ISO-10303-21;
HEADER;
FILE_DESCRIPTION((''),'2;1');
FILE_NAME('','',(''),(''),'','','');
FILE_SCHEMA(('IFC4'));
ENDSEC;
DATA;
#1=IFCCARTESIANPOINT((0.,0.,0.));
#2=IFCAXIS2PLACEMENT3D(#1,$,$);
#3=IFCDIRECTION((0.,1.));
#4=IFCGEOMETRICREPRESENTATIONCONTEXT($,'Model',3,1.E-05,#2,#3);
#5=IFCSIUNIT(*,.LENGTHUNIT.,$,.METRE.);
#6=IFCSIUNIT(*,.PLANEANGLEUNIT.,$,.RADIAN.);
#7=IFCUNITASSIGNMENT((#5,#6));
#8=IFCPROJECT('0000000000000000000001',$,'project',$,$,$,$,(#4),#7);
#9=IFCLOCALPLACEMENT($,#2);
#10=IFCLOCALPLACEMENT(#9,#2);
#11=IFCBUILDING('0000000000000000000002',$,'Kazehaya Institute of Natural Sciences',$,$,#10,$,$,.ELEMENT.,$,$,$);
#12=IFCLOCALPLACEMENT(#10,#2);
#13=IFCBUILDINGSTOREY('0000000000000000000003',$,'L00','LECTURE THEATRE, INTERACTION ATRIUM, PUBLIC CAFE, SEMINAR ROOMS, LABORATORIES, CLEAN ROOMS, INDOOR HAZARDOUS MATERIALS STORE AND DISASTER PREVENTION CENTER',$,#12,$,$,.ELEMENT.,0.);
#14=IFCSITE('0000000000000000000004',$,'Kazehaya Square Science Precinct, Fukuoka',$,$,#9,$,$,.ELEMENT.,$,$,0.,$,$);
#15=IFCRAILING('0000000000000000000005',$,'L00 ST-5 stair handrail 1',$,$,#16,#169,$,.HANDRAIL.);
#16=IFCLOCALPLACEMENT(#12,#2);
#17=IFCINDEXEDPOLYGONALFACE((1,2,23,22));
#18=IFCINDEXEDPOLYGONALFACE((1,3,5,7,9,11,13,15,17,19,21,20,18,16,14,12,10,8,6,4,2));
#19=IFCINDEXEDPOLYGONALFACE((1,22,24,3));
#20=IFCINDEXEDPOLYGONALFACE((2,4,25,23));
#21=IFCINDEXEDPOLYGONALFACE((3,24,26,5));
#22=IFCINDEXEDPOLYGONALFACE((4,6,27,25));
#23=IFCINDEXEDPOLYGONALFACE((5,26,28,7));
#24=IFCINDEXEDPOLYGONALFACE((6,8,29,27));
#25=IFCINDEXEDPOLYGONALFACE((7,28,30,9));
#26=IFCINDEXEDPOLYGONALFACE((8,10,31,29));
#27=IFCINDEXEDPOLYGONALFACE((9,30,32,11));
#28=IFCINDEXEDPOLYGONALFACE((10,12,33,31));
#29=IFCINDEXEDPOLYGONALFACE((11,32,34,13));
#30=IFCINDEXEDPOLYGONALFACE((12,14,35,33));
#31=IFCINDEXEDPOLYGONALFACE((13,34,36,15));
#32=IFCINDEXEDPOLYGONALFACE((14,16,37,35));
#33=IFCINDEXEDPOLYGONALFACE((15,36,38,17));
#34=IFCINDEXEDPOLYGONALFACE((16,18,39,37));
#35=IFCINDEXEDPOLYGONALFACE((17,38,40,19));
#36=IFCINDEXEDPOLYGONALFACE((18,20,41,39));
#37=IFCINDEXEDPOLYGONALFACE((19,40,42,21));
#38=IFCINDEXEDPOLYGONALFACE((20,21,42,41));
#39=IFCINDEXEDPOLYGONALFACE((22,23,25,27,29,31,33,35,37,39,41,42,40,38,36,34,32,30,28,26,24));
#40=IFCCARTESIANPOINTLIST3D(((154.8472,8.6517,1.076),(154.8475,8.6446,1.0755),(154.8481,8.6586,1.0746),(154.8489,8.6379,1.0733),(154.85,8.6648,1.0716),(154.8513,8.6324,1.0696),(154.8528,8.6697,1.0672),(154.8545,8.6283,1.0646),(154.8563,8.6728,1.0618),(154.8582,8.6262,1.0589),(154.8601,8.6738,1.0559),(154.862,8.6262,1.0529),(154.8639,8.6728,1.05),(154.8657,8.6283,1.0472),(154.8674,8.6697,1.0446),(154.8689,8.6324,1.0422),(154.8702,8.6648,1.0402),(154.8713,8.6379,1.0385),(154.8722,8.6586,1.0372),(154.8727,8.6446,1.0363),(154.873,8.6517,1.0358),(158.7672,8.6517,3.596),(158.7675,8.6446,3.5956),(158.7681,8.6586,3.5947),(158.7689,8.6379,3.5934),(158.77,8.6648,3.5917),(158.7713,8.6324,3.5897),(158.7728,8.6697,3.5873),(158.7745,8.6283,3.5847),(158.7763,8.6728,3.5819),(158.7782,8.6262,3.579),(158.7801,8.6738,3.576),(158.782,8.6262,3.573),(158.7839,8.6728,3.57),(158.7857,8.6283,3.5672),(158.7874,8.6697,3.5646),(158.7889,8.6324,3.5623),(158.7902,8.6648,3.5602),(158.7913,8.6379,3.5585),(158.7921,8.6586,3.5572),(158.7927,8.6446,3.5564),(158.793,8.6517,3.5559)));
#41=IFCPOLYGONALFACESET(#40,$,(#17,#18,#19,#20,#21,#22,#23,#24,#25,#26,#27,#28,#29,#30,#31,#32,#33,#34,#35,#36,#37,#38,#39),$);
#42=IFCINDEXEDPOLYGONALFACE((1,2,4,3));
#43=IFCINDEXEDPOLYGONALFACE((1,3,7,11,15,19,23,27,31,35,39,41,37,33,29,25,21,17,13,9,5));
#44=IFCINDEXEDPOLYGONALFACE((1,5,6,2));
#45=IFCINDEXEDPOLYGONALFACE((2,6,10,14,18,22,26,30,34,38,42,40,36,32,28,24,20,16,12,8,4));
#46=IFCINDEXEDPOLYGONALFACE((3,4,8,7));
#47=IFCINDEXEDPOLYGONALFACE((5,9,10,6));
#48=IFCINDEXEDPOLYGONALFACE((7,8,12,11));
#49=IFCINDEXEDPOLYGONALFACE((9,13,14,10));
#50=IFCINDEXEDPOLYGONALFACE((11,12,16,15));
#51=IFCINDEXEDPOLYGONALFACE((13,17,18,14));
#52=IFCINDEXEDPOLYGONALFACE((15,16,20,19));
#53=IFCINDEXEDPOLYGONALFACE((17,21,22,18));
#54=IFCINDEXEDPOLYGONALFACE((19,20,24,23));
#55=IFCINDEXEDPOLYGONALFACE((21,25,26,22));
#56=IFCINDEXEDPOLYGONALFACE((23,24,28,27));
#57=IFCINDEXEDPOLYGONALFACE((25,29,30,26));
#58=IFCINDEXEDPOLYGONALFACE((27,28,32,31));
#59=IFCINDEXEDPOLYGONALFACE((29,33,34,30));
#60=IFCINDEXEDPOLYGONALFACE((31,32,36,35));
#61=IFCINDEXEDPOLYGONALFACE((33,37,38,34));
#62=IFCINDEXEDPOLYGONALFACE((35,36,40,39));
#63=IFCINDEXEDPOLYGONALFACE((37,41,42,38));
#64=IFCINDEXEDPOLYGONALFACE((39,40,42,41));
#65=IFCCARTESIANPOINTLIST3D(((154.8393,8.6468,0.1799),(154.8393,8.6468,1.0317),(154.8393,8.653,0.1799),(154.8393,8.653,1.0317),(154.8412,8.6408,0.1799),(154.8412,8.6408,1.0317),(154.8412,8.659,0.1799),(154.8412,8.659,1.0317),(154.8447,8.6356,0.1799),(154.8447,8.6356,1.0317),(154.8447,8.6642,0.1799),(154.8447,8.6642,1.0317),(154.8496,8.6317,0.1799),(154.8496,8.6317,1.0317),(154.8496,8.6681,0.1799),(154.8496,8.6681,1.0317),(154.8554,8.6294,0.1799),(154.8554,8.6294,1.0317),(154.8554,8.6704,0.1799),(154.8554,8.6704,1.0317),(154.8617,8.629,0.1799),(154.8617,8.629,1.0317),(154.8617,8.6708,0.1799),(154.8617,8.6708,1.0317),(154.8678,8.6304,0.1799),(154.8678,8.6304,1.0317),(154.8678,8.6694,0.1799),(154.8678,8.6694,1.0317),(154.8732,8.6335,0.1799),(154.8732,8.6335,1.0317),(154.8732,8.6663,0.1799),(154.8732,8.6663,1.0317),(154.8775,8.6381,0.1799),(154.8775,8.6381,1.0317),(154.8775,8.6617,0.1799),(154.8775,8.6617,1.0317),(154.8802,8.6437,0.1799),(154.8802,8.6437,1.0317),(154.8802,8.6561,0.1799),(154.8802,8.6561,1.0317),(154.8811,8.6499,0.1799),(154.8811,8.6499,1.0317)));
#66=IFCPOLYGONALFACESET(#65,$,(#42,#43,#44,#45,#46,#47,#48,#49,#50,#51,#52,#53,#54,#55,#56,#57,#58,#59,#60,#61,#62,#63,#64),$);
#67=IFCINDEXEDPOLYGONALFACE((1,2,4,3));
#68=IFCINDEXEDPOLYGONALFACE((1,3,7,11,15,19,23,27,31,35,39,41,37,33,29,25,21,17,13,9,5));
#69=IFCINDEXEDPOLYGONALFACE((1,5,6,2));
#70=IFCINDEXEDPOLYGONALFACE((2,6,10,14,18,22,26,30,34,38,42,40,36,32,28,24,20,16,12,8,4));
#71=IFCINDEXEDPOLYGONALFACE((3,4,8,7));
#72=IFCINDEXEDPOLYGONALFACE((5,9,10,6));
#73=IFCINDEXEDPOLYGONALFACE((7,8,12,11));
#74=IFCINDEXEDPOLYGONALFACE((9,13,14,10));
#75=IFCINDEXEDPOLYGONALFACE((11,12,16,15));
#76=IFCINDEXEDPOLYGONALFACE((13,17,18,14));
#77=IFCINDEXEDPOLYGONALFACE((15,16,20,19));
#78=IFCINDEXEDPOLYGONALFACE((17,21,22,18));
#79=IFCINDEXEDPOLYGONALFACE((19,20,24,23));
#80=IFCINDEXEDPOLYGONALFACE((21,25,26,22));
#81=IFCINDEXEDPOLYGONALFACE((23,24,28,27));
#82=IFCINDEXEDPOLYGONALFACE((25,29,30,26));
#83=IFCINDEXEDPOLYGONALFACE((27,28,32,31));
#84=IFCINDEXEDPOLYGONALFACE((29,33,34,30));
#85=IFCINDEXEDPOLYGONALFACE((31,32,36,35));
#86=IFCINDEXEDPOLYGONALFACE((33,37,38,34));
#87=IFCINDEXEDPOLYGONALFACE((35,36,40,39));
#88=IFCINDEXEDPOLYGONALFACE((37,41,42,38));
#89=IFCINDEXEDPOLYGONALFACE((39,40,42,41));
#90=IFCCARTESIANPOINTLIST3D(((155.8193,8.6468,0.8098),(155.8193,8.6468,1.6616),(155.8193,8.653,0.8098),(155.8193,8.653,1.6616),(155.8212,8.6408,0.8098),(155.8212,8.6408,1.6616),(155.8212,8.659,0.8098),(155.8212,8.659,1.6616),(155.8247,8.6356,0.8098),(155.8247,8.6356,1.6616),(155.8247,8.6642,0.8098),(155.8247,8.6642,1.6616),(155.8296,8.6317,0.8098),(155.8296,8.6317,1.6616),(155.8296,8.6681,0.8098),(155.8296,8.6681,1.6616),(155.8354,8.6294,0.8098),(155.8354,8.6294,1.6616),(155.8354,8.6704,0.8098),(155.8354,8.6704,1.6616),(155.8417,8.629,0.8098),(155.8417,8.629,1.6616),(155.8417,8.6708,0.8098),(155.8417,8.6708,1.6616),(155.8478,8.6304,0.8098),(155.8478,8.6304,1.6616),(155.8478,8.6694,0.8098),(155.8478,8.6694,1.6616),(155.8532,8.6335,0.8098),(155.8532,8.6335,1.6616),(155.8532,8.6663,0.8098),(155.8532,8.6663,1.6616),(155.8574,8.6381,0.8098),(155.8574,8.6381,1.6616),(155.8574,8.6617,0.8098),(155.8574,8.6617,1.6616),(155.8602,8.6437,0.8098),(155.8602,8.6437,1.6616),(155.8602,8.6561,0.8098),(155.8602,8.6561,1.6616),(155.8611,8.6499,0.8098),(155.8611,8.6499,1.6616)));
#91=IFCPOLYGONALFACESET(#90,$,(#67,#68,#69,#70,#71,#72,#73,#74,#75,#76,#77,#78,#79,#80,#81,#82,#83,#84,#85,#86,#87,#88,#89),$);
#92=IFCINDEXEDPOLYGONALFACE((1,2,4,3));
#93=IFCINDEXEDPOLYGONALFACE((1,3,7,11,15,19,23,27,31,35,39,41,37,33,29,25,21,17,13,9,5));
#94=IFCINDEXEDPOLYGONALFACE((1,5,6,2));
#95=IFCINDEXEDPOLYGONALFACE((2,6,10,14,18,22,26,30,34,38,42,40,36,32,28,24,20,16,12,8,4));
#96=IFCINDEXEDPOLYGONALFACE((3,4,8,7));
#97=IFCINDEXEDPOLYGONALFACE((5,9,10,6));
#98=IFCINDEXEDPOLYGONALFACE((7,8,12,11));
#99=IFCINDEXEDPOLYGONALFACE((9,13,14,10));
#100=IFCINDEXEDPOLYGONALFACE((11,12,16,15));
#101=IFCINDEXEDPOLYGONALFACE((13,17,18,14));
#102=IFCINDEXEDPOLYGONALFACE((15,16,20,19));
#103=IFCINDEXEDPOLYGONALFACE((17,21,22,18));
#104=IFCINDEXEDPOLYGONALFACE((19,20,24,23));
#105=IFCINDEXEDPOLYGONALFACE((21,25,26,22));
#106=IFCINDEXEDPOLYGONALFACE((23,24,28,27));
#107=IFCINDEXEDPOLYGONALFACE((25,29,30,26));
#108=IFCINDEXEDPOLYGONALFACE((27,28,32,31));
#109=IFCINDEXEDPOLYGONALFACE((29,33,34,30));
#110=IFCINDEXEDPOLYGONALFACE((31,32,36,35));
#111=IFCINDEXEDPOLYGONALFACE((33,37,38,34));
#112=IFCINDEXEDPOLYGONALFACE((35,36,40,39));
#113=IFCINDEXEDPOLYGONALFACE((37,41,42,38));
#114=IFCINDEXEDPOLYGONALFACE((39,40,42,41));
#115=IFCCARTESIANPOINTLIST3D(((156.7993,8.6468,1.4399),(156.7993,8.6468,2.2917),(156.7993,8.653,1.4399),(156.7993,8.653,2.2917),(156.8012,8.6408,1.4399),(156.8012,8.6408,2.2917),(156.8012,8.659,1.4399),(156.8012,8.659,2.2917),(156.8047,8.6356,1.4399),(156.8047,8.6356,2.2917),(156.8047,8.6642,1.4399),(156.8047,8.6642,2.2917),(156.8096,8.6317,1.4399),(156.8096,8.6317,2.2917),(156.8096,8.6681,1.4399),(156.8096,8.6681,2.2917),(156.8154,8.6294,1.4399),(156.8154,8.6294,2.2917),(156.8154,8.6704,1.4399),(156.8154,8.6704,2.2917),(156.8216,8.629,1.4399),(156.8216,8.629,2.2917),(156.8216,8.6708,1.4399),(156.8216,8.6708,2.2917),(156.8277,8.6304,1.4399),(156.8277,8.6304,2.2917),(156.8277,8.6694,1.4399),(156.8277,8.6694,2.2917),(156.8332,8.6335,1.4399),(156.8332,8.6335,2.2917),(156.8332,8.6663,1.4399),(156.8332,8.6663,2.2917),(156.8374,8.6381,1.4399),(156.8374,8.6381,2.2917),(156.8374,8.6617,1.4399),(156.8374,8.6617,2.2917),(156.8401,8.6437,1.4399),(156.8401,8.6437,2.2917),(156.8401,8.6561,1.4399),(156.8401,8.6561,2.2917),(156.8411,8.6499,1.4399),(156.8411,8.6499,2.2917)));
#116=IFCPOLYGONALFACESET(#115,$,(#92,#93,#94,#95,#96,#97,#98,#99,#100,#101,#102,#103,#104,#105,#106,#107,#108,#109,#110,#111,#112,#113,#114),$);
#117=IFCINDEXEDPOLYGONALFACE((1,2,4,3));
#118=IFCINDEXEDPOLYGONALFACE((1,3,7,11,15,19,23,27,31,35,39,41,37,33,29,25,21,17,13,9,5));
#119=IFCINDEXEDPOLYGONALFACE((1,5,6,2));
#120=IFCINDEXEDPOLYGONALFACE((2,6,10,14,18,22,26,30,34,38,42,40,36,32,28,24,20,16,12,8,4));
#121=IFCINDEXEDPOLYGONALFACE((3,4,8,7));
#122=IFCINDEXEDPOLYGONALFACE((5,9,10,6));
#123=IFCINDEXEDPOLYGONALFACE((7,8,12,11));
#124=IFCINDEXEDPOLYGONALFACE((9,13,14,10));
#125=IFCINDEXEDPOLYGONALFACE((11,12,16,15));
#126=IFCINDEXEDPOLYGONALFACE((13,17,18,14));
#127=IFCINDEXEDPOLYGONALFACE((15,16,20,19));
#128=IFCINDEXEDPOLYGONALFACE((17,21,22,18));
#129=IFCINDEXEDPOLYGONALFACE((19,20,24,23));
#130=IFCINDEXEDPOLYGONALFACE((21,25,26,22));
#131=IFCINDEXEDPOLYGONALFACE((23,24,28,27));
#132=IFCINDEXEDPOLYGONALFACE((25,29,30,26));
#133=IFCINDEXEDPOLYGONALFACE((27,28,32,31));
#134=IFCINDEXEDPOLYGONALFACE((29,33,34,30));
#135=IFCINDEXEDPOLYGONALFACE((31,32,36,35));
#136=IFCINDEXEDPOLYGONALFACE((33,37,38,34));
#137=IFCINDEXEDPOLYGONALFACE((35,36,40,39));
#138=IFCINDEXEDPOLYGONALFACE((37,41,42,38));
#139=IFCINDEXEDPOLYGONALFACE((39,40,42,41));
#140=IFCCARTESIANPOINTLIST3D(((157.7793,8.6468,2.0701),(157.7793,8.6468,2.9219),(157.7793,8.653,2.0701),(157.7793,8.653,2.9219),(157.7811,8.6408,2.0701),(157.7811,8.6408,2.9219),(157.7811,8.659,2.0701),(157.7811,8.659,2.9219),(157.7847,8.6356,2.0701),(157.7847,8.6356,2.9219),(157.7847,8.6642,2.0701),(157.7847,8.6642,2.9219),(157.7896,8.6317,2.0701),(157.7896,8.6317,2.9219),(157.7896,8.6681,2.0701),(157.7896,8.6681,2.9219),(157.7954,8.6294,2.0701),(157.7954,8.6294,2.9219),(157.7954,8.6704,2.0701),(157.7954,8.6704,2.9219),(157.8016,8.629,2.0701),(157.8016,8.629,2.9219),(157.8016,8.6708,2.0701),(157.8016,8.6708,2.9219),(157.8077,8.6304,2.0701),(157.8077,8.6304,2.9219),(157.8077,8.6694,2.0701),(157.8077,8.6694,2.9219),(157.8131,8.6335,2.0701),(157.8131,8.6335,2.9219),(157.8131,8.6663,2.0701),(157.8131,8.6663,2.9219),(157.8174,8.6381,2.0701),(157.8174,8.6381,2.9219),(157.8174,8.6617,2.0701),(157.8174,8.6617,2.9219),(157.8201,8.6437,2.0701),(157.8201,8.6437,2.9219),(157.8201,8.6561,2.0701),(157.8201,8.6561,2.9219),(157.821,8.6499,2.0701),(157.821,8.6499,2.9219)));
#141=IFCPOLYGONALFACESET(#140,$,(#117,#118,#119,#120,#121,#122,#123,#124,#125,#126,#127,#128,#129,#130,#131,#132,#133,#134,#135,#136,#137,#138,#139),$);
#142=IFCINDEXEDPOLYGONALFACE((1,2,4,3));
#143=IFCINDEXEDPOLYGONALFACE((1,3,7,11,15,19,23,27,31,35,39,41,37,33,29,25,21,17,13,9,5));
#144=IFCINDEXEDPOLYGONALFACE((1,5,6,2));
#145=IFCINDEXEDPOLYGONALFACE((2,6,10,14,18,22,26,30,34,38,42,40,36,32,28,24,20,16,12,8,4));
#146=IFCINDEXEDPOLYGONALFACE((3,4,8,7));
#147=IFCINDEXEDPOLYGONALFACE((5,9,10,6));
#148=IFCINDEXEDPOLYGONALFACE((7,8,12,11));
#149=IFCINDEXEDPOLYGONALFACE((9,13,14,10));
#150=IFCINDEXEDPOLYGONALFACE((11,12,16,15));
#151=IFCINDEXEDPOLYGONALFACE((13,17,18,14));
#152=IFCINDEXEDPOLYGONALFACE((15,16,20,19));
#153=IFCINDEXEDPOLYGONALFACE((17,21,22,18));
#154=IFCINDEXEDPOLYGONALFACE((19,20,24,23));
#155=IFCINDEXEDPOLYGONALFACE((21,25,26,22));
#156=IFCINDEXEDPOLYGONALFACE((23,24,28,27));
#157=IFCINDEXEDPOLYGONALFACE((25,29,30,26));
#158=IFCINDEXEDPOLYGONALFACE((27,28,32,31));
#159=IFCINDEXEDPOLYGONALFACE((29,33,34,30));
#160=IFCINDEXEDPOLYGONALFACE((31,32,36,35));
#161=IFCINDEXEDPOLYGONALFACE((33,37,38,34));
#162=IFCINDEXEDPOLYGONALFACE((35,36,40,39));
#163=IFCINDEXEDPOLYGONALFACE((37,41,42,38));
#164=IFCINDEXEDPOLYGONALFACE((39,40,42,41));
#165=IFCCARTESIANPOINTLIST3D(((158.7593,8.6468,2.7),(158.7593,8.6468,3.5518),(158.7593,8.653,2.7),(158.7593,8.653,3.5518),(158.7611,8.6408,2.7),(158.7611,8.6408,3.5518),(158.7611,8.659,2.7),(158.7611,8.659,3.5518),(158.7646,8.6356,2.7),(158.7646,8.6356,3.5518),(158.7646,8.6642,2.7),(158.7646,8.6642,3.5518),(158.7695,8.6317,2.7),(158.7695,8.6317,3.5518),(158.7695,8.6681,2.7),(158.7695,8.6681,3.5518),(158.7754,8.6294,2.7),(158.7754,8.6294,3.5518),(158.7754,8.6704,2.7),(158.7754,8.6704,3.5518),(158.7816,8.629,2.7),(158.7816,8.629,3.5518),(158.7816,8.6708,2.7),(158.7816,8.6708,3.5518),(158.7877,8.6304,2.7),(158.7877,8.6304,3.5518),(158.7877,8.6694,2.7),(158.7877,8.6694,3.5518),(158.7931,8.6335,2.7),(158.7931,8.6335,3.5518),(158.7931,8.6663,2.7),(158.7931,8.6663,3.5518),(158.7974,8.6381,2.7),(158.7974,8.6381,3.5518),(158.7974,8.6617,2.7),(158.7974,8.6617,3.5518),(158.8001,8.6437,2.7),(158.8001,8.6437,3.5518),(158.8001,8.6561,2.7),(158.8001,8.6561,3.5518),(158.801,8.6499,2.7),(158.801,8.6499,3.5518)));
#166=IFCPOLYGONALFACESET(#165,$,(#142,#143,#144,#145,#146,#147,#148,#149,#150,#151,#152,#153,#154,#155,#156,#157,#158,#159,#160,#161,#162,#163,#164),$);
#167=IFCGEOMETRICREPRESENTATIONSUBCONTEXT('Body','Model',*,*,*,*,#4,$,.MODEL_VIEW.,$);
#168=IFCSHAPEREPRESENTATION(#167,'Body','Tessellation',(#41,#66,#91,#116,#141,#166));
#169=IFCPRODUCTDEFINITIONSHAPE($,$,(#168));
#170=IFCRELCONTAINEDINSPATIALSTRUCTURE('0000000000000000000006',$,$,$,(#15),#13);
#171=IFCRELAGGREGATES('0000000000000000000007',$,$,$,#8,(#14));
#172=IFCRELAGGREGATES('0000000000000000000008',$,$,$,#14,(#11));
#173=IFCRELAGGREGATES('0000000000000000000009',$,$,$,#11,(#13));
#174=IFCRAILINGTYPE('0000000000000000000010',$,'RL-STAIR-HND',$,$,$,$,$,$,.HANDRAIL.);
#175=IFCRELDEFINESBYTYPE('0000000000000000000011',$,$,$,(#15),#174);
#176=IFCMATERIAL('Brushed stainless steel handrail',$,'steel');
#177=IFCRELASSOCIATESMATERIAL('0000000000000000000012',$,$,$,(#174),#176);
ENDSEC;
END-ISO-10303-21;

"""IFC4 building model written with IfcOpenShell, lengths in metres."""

from ifc_helpers import new_model, si_unit, direction, frame, origin, origin_2d, place, context, subcontext, project, spatial, circle, extrude, material, type_object, element, save


model = new_model("IFC4")

# Units and contexts
model_context = context("Model", 3, precision=1e-05, world=origin(), true_north=direction((0.0, 1.0)))
body_context = subcontext(model_context, "Body", "Model", "MODEL_VIEW")
ifc_project = project(units=[si_unit("LENGTHUNIT", "METRE"), si_unit("PLANEANGLEUNIT", "RADIAN")], contexts=[model_context])

# Site, building, storey
site_placement = place(None, origin())
site = spatial("IfcSite", under=ifc_project, at=site_placement, Name="Kazehaya Square Science Precinct, Fukuoka", CompositionType="ELEMENT", RefElevation=0.0)
building_placement = place(site_placement, origin())
building = spatial("IfcBuilding", under=site, at=building_placement, Name="Kazehaya Institute of Natural Sciences", CompositionType="ELEMENT")
storey_placement = place(building_placement, origin())
storey = spatial("IfcBuildingStorey", under=building, at=storey_placement, Name="L00", Description="LECTURE THEATRE, INTERACTION ATRIUM, PUBLIC CAFE, SEMINAR ROOMS, LABORATORIES, CLEAN ROOMS, INDOOR HAZARDOUS MATERIALS STORE AND DISASTER PREVENTION CENTER", CompositionType="ELEMENT", Elevation=0.0)

# Railing
ifc_material_1 = material(Name="Brushed stainless steel handrail", Category="steel")
railing_type_1 = type_object("IfcRailingType", Name="RL-STAIR-HND", PredefinedType="HANDRAIL", material=ifc_material_1)
railing_1_placement = place(storey_placement, frame((154.8601, 8.6499, 0.1799)))
element("IfcRailing", 1, at=railing_1_placement, inside=storey, type_object=railing_type_1, Name="L00 ST-5 stair handrail 1", PredefinedType="HANDRAIL", context=body_context, shape_type="SweptSolid", body=[
    extrude(circle(Radius=0.0239, at=origin_2d()), frame((0.0, 0.0, 0.876), z_axis=(0.841172, 0.0, 0.540768), x_axis=(0.0, 1.0, 0.0)), (0.0, 0.0, 1.0), 4.6602),
    extrude(circle(Radius=0.021, at=origin_2d()), origin(), (0.0, 0.0, 1.0), 0.8518),
    extrude(circle(Radius=0.021, at=origin_2d()), frame((0.98, 0.0, 0.6299)), (0.0, 0.0, 1.0), 0.8518),
    extrude(circle(Radius=0.021, at=origin_2d()), frame((1.96, 0.0, 1.26)), (0.0, 0.0, 1.0), 0.8518),
    extrude(circle(Radius=0.021, at=origin_2d()), frame((2.9399, 0.0, 1.8901)), (0.0, 0.0, 1.0), 0.8518),
    extrude(circle(Radius=0.021, at=origin_2d()), frame((3.9199, 0.0, 2.52)), (0.0, 0.0, 1.0), 0.8518),
])

save(model, "model.ifc")
